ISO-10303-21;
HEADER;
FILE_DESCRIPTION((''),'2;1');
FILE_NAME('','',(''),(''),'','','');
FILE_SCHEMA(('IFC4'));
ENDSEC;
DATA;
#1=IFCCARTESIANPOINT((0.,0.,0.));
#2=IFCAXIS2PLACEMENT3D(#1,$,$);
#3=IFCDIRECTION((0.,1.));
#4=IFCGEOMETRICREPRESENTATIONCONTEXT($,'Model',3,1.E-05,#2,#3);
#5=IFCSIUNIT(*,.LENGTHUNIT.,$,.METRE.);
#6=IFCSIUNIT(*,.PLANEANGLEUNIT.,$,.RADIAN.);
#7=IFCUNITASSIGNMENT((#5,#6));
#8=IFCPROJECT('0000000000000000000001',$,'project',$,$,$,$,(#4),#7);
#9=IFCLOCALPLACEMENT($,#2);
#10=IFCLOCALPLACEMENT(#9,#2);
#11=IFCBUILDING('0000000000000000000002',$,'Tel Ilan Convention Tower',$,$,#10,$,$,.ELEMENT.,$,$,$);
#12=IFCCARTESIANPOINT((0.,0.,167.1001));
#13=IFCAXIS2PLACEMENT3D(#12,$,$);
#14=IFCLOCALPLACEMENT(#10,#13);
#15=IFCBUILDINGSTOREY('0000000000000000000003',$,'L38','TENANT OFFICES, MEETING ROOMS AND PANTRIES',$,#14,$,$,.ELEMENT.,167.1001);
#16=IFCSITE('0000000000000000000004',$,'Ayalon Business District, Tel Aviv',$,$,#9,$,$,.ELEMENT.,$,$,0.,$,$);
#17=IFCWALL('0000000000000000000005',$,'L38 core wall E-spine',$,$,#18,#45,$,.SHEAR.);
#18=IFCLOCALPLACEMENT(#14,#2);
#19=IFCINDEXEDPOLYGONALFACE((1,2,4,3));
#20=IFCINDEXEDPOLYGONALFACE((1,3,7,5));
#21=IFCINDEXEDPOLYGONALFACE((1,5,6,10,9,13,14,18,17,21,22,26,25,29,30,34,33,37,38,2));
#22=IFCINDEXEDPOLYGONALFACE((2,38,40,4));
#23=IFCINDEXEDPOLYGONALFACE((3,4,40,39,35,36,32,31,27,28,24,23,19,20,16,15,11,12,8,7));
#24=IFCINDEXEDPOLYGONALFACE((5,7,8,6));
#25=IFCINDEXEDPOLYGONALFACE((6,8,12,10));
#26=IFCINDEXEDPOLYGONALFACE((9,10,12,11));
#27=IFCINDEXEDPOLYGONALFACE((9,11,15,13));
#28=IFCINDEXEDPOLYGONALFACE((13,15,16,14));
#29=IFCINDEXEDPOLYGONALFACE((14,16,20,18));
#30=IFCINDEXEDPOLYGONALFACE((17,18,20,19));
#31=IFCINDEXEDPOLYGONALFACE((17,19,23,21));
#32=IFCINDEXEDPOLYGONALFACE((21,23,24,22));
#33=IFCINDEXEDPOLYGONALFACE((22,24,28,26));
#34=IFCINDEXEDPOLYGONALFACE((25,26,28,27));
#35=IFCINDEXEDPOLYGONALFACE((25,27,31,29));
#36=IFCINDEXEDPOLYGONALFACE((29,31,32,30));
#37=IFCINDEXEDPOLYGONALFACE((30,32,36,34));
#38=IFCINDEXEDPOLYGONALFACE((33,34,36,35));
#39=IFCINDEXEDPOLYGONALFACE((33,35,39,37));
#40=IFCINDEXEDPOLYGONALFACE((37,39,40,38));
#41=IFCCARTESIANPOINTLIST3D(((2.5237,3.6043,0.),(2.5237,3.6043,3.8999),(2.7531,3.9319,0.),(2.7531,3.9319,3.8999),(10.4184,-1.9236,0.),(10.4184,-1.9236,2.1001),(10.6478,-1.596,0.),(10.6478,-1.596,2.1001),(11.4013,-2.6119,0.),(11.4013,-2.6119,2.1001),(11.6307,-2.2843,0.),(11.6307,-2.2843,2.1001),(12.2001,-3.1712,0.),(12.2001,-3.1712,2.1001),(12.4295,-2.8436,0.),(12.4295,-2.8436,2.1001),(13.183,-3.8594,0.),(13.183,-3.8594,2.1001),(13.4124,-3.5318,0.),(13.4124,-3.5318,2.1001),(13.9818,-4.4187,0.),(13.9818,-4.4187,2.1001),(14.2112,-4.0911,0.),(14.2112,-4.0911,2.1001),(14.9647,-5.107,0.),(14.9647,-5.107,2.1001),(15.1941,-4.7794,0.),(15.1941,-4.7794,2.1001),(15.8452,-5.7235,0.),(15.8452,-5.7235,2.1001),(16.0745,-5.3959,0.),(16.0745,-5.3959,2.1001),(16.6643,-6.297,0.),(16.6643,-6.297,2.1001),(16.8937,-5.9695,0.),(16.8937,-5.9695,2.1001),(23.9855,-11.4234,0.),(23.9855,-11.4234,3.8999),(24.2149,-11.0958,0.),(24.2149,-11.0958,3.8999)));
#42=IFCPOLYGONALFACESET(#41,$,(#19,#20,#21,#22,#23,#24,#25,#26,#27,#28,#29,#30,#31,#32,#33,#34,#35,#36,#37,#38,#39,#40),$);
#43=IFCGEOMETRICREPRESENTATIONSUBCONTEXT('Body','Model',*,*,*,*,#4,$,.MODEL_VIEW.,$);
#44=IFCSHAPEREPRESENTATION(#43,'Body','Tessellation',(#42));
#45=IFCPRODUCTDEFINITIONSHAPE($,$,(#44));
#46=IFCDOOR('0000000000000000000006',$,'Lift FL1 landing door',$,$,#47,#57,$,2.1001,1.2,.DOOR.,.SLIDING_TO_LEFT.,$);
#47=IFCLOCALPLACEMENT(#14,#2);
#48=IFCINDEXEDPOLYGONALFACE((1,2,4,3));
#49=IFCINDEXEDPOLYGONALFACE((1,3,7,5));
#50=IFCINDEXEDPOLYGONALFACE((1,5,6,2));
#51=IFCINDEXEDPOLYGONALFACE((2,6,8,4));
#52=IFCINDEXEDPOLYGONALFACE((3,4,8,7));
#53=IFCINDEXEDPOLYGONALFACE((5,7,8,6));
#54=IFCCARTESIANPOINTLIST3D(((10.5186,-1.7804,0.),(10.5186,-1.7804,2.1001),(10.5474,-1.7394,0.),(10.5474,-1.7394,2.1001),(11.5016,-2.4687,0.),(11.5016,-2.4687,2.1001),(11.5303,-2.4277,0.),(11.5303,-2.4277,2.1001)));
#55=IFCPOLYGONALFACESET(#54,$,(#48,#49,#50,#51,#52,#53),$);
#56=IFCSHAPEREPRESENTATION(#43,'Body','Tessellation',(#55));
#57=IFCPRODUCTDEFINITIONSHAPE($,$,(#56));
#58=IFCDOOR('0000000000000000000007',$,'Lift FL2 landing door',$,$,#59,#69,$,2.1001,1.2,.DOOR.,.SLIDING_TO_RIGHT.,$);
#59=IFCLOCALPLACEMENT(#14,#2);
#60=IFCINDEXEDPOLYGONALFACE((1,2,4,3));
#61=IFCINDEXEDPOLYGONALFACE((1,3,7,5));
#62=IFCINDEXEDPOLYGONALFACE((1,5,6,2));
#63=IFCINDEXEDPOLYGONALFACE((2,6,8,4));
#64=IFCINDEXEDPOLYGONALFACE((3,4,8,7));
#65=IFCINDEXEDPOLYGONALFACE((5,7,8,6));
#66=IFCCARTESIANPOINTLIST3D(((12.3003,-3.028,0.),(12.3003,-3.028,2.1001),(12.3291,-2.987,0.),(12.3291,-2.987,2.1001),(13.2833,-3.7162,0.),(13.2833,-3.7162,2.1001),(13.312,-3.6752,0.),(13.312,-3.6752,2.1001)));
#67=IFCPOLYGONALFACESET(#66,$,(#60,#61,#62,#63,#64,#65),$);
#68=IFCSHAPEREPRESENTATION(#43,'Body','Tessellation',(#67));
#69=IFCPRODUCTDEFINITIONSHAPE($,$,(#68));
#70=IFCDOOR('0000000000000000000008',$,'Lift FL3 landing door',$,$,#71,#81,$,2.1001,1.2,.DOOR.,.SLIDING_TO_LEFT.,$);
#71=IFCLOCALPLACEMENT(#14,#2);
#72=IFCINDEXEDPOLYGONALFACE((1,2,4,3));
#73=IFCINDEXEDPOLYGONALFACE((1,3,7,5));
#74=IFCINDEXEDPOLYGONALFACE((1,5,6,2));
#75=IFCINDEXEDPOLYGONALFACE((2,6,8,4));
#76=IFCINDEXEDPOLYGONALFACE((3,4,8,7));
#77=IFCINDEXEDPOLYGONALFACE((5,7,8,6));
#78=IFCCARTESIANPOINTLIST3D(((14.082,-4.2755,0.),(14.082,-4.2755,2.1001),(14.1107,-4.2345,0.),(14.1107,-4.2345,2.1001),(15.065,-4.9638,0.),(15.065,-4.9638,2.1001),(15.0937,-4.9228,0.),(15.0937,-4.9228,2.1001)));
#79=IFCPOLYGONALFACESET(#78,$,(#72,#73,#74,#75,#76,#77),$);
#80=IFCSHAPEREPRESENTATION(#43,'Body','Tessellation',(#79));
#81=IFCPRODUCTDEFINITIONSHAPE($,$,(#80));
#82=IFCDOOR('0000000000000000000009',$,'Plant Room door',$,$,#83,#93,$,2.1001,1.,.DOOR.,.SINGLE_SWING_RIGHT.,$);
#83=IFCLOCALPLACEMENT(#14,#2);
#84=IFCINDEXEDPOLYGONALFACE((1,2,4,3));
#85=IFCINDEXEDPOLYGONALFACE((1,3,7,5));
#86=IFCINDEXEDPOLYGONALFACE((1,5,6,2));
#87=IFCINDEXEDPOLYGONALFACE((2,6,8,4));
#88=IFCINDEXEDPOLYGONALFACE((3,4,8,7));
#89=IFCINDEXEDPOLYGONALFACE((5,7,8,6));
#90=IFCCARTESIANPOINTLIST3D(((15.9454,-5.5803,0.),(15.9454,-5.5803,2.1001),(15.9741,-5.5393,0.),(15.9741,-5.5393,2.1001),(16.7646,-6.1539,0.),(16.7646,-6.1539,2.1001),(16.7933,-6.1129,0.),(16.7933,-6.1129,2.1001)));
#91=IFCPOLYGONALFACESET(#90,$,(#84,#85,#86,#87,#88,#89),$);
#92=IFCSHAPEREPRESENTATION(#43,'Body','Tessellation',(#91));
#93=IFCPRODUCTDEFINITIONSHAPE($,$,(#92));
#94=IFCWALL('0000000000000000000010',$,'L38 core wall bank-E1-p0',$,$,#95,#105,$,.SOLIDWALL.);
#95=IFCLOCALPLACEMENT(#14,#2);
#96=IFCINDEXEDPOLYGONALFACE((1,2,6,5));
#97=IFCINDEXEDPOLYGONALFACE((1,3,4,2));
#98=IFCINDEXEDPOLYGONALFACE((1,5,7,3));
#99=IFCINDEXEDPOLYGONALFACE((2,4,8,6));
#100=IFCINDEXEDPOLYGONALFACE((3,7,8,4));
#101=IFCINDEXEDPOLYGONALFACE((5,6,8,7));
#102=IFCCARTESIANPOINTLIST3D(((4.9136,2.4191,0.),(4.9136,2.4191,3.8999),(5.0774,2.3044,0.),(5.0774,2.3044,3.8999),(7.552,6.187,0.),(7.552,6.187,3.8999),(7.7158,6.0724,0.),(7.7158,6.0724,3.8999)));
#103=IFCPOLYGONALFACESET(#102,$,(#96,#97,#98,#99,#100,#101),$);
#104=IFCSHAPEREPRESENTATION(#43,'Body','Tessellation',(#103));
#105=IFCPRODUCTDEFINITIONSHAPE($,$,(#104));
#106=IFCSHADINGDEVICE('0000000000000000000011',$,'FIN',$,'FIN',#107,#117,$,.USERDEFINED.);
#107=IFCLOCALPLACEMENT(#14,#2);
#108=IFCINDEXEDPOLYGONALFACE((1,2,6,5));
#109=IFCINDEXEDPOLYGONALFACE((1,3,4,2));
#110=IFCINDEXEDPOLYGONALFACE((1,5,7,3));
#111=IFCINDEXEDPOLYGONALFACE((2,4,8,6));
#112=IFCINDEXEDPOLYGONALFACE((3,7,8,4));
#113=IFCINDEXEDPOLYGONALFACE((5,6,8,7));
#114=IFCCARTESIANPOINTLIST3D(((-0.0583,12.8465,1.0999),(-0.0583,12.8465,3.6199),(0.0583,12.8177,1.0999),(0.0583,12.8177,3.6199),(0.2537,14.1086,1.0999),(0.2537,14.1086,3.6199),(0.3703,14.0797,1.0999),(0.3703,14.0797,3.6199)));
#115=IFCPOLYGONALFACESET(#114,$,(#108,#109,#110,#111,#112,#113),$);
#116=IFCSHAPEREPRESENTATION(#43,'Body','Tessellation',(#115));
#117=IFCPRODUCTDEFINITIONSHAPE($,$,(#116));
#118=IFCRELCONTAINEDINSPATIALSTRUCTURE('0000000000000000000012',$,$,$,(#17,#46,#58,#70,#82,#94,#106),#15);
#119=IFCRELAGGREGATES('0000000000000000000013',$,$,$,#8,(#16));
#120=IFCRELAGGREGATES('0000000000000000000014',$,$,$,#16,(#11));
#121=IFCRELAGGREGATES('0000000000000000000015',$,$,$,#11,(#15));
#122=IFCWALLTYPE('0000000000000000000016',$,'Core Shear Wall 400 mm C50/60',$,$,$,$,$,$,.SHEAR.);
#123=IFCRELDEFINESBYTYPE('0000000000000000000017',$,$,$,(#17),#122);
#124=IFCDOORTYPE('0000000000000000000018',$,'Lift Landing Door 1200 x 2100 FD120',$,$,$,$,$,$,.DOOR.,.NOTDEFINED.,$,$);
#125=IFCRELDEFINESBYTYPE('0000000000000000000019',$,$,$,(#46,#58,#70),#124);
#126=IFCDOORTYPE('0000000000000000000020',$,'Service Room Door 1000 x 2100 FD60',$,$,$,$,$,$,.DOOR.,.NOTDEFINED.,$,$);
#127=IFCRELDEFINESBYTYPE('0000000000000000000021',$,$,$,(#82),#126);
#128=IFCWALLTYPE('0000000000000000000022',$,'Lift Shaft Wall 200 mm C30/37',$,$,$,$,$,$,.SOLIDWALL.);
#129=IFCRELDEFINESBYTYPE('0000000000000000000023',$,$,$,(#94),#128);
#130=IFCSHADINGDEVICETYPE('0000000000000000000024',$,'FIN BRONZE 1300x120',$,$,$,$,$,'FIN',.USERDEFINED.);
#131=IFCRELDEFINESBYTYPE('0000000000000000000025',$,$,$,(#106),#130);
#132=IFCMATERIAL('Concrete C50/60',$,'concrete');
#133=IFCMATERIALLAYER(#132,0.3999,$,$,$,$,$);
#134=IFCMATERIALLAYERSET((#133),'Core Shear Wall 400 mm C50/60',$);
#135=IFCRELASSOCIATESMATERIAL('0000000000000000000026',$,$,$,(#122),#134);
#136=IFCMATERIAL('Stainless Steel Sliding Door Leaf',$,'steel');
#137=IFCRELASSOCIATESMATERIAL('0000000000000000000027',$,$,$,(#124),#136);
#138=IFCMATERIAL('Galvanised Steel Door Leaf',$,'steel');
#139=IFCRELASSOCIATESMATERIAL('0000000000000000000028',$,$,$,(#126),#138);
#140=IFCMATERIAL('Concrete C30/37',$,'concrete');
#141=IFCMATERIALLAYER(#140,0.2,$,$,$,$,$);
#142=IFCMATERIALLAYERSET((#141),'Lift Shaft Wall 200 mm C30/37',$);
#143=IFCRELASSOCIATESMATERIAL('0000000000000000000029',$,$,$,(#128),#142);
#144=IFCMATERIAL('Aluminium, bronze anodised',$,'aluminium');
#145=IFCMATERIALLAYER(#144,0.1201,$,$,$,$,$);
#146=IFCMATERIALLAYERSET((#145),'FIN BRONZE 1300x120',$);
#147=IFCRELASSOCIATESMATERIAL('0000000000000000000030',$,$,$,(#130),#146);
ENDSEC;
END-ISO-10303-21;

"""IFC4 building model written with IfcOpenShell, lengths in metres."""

from ifc_helpers import new_model, si_unit, direction, frame, frame_2d, origin, origin_2d, place, context, subcontext, project, spatial, polyline, rectangle, outline, extrude, material, layer, layer_set, type_object, element, fill, save


model = new_model("IFC4")

# Units and contexts
model_context = context("Model", 3, precision=1e-05, world=origin(), true_north=direction((0.0, 1.0)))
body_context = subcontext(model_context, "Body", "Model", "MODEL_VIEW")
ifc_project = project(units=[si_unit("LENGTHUNIT", "METRE"), si_unit("PLANEANGLEUNIT", "RADIAN")], contexts=[model_context])

# Site, building, storey
site_placement = place(None, origin())
site = spatial("IfcSite", under=ifc_project, at=site_placement, Name="Ayalon Business District, Tel Aviv", CompositionType="ELEMENT", RefElevation=0.0)
building_placement = place(site_placement, origin())
building = spatial("IfcBuilding", under=site, at=building_placement, Name="Tel Ilan Convention Tower", CompositionType="ELEMENT")
storey_placement = place(building_placement, frame((0.0, 0.0, 167.1001)))
storey = spatial("IfcBuildingStorey", under=building, at=storey_placement, Name="L38", Description="TENANT OFFICES, MEETING ROOMS AND PANTRIES", CompositionType="ELEMENT", Elevation=167.1001)

# Wall, openings, doors
ifc_material_1 = material(Name="Concrete C50/60", Category="concrete")
ifc_layer_1 = layer(ifc_material_1, 0.3999)
ifc_layer_set_1 = layer_set([ifc_layer_1], Name="Core Shear Wall 400 mm C50/60")
wall_type_1 = type_object("IfcWallType", Name="Core Shear Wall 400 mm C50/60", PredefinedType="SHEAR", material=ifc_layer_set_1)
wall_1_placement = place(storey_placement, frame((2.6384, 3.7681, 0.0), z_axis=(0.0, 0.0, 1.0), x_axis=(0.819153, -0.573576, 0.0)))
wall_1 = element("IfcWall", 1, at=wall_1_placement, inside=storey, type_object=wall_type_1, Name="L38 core wall E-spine", PredefinedType="SHEAR", context=body_context, shape_type="SweptSolid", body=[
    extrude(outline(polyline([(0.0, 0.2), (0.0, -0.2), (26.2, -0.2), (26.2, 0.2), (0.0, 0.2)])), origin(), (0.0, 0.0, 1.0), 3.8999),
])
opening_1_placement = place(wall_1_placement, frame((9.6375, 0.0, 0.0)))
opening_1 = element("IfcOpeningElement", 2, at=opening_1_placement, cuts=wall_1, PredefinedType="OPENING", context=body_context, shape_type="SweptSolid", body=[
    extrude(rectangle(XDim=1.2, YDim=2.1001, at=frame_2d((0.6001, 1.05))), frame((0.0, 0.21, 0.0), z_axis=(0.0, -1.0, 0.0), x_axis=(1.0, 0.0, 0.0)), (0.0, 0.0, 1.0), 0.4199),
])
opening_2_placement = place(wall_1_placement, frame((11.8125, 0.0, 0.0)))
opening_2 = element("IfcOpeningElement", 3, at=opening_2_placement, cuts=wall_1, PredefinedType="OPENING", context=body_context, shape_type="SweptSolid", body=[
    extrude(rectangle(XDim=1.2, YDim=2.1001, at=frame_2d((0.6001, 1.05))), frame((0.0, 0.21, 0.0), z_axis=(0.0, -1.0, 0.0), x_axis=(1.0, 0.0, 0.0)), (0.0, 0.0, 1.0), 0.4199),
])
opening_3_placement = place(wall_1_placement, frame((13.9875, 0.0, 0.0)))
opening_3 = element("IfcOpeningElement", 4, at=opening_3_placement, cuts=wall_1, PredefinedType="OPENING", context=body_context, shape_type="SweptSolid", body=[
    extrude(rectangle(XDim=1.2, YDim=2.1001, at=frame_2d((0.6001, 1.05))), frame((0.0, 0.21, 0.0), z_axis=(0.0, -1.0, 0.0), x_axis=(1.0, 0.0, 0.0)), (0.0, 0.0, 1.0), 0.4199),
])
opening_4_placement = place(wall_1_placement, frame((16.2625, 0.0, 0.0)))
opening_4 = element("IfcOpeningElement", 5, at=opening_4_placement, cuts=wall_1, PredefinedType="OPENING", context=body_context, shape_type="SweptSolid", body=[
    extrude(rectangle(XDim=1.0, YDim=2.1001, at=frame_2d((0.5, 1.05))), frame((0.0, 0.21, 0.0), z_axis=(0.0, -1.0, 0.0), x_axis=(1.0, 0.0, 0.0)), (0.0, 0.0, 1.0), 0.4199),
])
ifc_material_2 = material(Name="Stainless Steel Sliding Door Leaf", Category="steel")
door_type_1 = type_object("IfcDoorType", Name="Lift Landing Door 1200 x 2100 FD120", OperationType="NOTDEFINED", PredefinedType="DOOR", material=ifc_material_2)
door_1_placement = place(opening_1_placement, origin())
door_1 = element("IfcDoor", 6, at=door_1_placement, inside=storey, type_object=door_type_1, Name="Lift FL1 landing door", OperationType="SLIDING_TO_LEFT", OverallHeight=2.1001, OverallWidth=1.2, PredefinedType="DOOR", context=body_context, shape_type="SweptSolid", body=[
    extrude(rectangle(XDim=1.2, YDim=2.1001, at=frame_2d((0.6001, 1.05))), frame((0.0, 0.0249, 0.0), z_axis=(0.0, -1.0, 0.0), x_axis=(1.0, 0.0, 0.0)), (0.0, 0.0, 1.0), 0.05),
])
fill(opening_1, door_1)
door_2_placement = place(opening_2_placement, origin())
door_2 = element("IfcDoor", 7, at=door_2_placement, inside=storey, type_object=door_type_1, Name="Lift FL2 landing door", OperationType="SLIDING_TO_RIGHT", OverallHeight=2.1001, OverallWidth=1.2, PredefinedType="DOOR", context=body_context, shape_type="SweptSolid", body=[
    extrude(rectangle(XDim=1.2, YDim=2.1001, at=frame_2d((0.6001, 1.05))), frame((0.0, 0.0249, 0.0), z_axis=(0.0, -1.0, 0.0), x_axis=(1.0, 0.0, 0.0)), (0.0, 0.0, 1.0), 0.05),
])
fill(opening_2, door_2)
door_3_placement = place(opening_3_placement, origin())
door_3 = element("IfcDoor", 8, at=door_3_placement, inside=storey, type_object=door_type_1, Name="Lift FL3 landing door", OperationType="SLIDING_TO_LEFT", OverallHeight=2.1001, OverallWidth=1.2, PredefinedType="DOOR", context=body_context, shape_type="SweptSolid", body=[
    extrude(rectangle(XDim=1.2, YDim=2.1001, at=frame_2d((0.6001, 1.05))), frame((0.0, 0.0249, 0.0), z_axis=(0.0, -1.0, 0.0), x_axis=(1.0, 0.0, 0.0)), (0.0, 0.0, 1.0), 0.05),
])
fill(opening_3, door_3)
ifc_material_3 = material(Name="Galvanised Steel Door Leaf", Category="steel")
door_type_2 = type_object("IfcDoorType", Name="Service Room Door 1000 x 2100 FD60", OperationType="NOTDEFINED", PredefinedType="DOOR", material=ifc_material_3)
door_4_placement = place(opening_4_placement, origin())
door_4 = element("IfcDoor", 9, at=door_4_placement, inside=storey, type_object=door_type_2, Name="Plant Room door", OperationType="SINGLE_SWING_RIGHT", OverallHeight=2.1001, OverallWidth=1.0, PredefinedType="DOOR", context=body_context, shape_type="SweptSolid", body=[
    extrude(rectangle(XDim=1.0, YDim=2.1001, at=frame_2d((0.5, 1.05))), frame((0.0, 0.0249, 0.0), z_axis=(0.0, -1.0, 0.0), x_axis=(1.0, 0.0, 0.0)), (0.0, 0.0, 1.0), 0.05),
])
fill(opening_4, door_4)

# Wall
ifc_material_4 = material(Name="Concrete C30/37", Category="concrete")
ifc_layer_2 = layer(ifc_material_4, 0.2)
ifc_layer_set_2 = layer_set([ifc_layer_2], Name="Lift Shaft Wall 200 mm C30/37")
wall_type_2 = type_object("IfcWallType", Name="Lift Shaft Wall 200 mm C30/37", PredefinedType="SOLIDWALL", material=ifc_layer_set_2)
wall_2_placement = place(storey_placement, frame((4.9956, 2.3618, 0.0), z_axis=(0.0, 0.0, 1.0), x_axis=(0.573576, 0.819152, 0.0)))
element("IfcWall", 10, at=wall_2_placement, inside=storey, type_object=wall_type_2, Name="L38 core wall bank-E1-p0", PredefinedType="SOLIDWALL", context=body_context, shape_type="SweptSolid", body=[
    extrude(rectangle(XDim=4.5999, YDim=0.2, at=frame_2d((2.2998, 0.0))), origin(), (0.0, 0.0, 1.0), 3.8999),
])

# Shading device
ifc_material_5 = material(Name="Aluminium, bronze anodised", Category="aluminium")
ifc_layer_3 = layer(ifc_material_5, 0.1201)
ifc_layer_set_3 = layer_set([ifc_layer_3], Name="FIN BRONZE 1300x120")
shading_device_type_1 = type_object("IfcShadingDeviceType", Name="FIN BRONZE 1300x120", ElementType="FIN", PredefinedType="USERDEFINED", material=ifc_layer_set_3)
shading_device_1_placement = place(storey_placement, frame((0.156, 13.4631, 1.0999), z_axis=(0.0, 0.0, 1.0), x_axis=(0.24004, 0.970763, 0.0)))
element("IfcShadingDevice", 11, at=shading_device_1_placement, inside=storey, type_object=shading_device_type_1, Name="FIN", ObjectType="FIN", PredefinedType="USERDEFINED", context=body_context, shape_type="SweptSolid", body=[
    extrude(rectangle(XDim=1.3, YDim=0.1201, at=origin_2d()), origin(), (0.0, 0.0, 1.0), 2.52),
])

save(model, "model.ifc")
